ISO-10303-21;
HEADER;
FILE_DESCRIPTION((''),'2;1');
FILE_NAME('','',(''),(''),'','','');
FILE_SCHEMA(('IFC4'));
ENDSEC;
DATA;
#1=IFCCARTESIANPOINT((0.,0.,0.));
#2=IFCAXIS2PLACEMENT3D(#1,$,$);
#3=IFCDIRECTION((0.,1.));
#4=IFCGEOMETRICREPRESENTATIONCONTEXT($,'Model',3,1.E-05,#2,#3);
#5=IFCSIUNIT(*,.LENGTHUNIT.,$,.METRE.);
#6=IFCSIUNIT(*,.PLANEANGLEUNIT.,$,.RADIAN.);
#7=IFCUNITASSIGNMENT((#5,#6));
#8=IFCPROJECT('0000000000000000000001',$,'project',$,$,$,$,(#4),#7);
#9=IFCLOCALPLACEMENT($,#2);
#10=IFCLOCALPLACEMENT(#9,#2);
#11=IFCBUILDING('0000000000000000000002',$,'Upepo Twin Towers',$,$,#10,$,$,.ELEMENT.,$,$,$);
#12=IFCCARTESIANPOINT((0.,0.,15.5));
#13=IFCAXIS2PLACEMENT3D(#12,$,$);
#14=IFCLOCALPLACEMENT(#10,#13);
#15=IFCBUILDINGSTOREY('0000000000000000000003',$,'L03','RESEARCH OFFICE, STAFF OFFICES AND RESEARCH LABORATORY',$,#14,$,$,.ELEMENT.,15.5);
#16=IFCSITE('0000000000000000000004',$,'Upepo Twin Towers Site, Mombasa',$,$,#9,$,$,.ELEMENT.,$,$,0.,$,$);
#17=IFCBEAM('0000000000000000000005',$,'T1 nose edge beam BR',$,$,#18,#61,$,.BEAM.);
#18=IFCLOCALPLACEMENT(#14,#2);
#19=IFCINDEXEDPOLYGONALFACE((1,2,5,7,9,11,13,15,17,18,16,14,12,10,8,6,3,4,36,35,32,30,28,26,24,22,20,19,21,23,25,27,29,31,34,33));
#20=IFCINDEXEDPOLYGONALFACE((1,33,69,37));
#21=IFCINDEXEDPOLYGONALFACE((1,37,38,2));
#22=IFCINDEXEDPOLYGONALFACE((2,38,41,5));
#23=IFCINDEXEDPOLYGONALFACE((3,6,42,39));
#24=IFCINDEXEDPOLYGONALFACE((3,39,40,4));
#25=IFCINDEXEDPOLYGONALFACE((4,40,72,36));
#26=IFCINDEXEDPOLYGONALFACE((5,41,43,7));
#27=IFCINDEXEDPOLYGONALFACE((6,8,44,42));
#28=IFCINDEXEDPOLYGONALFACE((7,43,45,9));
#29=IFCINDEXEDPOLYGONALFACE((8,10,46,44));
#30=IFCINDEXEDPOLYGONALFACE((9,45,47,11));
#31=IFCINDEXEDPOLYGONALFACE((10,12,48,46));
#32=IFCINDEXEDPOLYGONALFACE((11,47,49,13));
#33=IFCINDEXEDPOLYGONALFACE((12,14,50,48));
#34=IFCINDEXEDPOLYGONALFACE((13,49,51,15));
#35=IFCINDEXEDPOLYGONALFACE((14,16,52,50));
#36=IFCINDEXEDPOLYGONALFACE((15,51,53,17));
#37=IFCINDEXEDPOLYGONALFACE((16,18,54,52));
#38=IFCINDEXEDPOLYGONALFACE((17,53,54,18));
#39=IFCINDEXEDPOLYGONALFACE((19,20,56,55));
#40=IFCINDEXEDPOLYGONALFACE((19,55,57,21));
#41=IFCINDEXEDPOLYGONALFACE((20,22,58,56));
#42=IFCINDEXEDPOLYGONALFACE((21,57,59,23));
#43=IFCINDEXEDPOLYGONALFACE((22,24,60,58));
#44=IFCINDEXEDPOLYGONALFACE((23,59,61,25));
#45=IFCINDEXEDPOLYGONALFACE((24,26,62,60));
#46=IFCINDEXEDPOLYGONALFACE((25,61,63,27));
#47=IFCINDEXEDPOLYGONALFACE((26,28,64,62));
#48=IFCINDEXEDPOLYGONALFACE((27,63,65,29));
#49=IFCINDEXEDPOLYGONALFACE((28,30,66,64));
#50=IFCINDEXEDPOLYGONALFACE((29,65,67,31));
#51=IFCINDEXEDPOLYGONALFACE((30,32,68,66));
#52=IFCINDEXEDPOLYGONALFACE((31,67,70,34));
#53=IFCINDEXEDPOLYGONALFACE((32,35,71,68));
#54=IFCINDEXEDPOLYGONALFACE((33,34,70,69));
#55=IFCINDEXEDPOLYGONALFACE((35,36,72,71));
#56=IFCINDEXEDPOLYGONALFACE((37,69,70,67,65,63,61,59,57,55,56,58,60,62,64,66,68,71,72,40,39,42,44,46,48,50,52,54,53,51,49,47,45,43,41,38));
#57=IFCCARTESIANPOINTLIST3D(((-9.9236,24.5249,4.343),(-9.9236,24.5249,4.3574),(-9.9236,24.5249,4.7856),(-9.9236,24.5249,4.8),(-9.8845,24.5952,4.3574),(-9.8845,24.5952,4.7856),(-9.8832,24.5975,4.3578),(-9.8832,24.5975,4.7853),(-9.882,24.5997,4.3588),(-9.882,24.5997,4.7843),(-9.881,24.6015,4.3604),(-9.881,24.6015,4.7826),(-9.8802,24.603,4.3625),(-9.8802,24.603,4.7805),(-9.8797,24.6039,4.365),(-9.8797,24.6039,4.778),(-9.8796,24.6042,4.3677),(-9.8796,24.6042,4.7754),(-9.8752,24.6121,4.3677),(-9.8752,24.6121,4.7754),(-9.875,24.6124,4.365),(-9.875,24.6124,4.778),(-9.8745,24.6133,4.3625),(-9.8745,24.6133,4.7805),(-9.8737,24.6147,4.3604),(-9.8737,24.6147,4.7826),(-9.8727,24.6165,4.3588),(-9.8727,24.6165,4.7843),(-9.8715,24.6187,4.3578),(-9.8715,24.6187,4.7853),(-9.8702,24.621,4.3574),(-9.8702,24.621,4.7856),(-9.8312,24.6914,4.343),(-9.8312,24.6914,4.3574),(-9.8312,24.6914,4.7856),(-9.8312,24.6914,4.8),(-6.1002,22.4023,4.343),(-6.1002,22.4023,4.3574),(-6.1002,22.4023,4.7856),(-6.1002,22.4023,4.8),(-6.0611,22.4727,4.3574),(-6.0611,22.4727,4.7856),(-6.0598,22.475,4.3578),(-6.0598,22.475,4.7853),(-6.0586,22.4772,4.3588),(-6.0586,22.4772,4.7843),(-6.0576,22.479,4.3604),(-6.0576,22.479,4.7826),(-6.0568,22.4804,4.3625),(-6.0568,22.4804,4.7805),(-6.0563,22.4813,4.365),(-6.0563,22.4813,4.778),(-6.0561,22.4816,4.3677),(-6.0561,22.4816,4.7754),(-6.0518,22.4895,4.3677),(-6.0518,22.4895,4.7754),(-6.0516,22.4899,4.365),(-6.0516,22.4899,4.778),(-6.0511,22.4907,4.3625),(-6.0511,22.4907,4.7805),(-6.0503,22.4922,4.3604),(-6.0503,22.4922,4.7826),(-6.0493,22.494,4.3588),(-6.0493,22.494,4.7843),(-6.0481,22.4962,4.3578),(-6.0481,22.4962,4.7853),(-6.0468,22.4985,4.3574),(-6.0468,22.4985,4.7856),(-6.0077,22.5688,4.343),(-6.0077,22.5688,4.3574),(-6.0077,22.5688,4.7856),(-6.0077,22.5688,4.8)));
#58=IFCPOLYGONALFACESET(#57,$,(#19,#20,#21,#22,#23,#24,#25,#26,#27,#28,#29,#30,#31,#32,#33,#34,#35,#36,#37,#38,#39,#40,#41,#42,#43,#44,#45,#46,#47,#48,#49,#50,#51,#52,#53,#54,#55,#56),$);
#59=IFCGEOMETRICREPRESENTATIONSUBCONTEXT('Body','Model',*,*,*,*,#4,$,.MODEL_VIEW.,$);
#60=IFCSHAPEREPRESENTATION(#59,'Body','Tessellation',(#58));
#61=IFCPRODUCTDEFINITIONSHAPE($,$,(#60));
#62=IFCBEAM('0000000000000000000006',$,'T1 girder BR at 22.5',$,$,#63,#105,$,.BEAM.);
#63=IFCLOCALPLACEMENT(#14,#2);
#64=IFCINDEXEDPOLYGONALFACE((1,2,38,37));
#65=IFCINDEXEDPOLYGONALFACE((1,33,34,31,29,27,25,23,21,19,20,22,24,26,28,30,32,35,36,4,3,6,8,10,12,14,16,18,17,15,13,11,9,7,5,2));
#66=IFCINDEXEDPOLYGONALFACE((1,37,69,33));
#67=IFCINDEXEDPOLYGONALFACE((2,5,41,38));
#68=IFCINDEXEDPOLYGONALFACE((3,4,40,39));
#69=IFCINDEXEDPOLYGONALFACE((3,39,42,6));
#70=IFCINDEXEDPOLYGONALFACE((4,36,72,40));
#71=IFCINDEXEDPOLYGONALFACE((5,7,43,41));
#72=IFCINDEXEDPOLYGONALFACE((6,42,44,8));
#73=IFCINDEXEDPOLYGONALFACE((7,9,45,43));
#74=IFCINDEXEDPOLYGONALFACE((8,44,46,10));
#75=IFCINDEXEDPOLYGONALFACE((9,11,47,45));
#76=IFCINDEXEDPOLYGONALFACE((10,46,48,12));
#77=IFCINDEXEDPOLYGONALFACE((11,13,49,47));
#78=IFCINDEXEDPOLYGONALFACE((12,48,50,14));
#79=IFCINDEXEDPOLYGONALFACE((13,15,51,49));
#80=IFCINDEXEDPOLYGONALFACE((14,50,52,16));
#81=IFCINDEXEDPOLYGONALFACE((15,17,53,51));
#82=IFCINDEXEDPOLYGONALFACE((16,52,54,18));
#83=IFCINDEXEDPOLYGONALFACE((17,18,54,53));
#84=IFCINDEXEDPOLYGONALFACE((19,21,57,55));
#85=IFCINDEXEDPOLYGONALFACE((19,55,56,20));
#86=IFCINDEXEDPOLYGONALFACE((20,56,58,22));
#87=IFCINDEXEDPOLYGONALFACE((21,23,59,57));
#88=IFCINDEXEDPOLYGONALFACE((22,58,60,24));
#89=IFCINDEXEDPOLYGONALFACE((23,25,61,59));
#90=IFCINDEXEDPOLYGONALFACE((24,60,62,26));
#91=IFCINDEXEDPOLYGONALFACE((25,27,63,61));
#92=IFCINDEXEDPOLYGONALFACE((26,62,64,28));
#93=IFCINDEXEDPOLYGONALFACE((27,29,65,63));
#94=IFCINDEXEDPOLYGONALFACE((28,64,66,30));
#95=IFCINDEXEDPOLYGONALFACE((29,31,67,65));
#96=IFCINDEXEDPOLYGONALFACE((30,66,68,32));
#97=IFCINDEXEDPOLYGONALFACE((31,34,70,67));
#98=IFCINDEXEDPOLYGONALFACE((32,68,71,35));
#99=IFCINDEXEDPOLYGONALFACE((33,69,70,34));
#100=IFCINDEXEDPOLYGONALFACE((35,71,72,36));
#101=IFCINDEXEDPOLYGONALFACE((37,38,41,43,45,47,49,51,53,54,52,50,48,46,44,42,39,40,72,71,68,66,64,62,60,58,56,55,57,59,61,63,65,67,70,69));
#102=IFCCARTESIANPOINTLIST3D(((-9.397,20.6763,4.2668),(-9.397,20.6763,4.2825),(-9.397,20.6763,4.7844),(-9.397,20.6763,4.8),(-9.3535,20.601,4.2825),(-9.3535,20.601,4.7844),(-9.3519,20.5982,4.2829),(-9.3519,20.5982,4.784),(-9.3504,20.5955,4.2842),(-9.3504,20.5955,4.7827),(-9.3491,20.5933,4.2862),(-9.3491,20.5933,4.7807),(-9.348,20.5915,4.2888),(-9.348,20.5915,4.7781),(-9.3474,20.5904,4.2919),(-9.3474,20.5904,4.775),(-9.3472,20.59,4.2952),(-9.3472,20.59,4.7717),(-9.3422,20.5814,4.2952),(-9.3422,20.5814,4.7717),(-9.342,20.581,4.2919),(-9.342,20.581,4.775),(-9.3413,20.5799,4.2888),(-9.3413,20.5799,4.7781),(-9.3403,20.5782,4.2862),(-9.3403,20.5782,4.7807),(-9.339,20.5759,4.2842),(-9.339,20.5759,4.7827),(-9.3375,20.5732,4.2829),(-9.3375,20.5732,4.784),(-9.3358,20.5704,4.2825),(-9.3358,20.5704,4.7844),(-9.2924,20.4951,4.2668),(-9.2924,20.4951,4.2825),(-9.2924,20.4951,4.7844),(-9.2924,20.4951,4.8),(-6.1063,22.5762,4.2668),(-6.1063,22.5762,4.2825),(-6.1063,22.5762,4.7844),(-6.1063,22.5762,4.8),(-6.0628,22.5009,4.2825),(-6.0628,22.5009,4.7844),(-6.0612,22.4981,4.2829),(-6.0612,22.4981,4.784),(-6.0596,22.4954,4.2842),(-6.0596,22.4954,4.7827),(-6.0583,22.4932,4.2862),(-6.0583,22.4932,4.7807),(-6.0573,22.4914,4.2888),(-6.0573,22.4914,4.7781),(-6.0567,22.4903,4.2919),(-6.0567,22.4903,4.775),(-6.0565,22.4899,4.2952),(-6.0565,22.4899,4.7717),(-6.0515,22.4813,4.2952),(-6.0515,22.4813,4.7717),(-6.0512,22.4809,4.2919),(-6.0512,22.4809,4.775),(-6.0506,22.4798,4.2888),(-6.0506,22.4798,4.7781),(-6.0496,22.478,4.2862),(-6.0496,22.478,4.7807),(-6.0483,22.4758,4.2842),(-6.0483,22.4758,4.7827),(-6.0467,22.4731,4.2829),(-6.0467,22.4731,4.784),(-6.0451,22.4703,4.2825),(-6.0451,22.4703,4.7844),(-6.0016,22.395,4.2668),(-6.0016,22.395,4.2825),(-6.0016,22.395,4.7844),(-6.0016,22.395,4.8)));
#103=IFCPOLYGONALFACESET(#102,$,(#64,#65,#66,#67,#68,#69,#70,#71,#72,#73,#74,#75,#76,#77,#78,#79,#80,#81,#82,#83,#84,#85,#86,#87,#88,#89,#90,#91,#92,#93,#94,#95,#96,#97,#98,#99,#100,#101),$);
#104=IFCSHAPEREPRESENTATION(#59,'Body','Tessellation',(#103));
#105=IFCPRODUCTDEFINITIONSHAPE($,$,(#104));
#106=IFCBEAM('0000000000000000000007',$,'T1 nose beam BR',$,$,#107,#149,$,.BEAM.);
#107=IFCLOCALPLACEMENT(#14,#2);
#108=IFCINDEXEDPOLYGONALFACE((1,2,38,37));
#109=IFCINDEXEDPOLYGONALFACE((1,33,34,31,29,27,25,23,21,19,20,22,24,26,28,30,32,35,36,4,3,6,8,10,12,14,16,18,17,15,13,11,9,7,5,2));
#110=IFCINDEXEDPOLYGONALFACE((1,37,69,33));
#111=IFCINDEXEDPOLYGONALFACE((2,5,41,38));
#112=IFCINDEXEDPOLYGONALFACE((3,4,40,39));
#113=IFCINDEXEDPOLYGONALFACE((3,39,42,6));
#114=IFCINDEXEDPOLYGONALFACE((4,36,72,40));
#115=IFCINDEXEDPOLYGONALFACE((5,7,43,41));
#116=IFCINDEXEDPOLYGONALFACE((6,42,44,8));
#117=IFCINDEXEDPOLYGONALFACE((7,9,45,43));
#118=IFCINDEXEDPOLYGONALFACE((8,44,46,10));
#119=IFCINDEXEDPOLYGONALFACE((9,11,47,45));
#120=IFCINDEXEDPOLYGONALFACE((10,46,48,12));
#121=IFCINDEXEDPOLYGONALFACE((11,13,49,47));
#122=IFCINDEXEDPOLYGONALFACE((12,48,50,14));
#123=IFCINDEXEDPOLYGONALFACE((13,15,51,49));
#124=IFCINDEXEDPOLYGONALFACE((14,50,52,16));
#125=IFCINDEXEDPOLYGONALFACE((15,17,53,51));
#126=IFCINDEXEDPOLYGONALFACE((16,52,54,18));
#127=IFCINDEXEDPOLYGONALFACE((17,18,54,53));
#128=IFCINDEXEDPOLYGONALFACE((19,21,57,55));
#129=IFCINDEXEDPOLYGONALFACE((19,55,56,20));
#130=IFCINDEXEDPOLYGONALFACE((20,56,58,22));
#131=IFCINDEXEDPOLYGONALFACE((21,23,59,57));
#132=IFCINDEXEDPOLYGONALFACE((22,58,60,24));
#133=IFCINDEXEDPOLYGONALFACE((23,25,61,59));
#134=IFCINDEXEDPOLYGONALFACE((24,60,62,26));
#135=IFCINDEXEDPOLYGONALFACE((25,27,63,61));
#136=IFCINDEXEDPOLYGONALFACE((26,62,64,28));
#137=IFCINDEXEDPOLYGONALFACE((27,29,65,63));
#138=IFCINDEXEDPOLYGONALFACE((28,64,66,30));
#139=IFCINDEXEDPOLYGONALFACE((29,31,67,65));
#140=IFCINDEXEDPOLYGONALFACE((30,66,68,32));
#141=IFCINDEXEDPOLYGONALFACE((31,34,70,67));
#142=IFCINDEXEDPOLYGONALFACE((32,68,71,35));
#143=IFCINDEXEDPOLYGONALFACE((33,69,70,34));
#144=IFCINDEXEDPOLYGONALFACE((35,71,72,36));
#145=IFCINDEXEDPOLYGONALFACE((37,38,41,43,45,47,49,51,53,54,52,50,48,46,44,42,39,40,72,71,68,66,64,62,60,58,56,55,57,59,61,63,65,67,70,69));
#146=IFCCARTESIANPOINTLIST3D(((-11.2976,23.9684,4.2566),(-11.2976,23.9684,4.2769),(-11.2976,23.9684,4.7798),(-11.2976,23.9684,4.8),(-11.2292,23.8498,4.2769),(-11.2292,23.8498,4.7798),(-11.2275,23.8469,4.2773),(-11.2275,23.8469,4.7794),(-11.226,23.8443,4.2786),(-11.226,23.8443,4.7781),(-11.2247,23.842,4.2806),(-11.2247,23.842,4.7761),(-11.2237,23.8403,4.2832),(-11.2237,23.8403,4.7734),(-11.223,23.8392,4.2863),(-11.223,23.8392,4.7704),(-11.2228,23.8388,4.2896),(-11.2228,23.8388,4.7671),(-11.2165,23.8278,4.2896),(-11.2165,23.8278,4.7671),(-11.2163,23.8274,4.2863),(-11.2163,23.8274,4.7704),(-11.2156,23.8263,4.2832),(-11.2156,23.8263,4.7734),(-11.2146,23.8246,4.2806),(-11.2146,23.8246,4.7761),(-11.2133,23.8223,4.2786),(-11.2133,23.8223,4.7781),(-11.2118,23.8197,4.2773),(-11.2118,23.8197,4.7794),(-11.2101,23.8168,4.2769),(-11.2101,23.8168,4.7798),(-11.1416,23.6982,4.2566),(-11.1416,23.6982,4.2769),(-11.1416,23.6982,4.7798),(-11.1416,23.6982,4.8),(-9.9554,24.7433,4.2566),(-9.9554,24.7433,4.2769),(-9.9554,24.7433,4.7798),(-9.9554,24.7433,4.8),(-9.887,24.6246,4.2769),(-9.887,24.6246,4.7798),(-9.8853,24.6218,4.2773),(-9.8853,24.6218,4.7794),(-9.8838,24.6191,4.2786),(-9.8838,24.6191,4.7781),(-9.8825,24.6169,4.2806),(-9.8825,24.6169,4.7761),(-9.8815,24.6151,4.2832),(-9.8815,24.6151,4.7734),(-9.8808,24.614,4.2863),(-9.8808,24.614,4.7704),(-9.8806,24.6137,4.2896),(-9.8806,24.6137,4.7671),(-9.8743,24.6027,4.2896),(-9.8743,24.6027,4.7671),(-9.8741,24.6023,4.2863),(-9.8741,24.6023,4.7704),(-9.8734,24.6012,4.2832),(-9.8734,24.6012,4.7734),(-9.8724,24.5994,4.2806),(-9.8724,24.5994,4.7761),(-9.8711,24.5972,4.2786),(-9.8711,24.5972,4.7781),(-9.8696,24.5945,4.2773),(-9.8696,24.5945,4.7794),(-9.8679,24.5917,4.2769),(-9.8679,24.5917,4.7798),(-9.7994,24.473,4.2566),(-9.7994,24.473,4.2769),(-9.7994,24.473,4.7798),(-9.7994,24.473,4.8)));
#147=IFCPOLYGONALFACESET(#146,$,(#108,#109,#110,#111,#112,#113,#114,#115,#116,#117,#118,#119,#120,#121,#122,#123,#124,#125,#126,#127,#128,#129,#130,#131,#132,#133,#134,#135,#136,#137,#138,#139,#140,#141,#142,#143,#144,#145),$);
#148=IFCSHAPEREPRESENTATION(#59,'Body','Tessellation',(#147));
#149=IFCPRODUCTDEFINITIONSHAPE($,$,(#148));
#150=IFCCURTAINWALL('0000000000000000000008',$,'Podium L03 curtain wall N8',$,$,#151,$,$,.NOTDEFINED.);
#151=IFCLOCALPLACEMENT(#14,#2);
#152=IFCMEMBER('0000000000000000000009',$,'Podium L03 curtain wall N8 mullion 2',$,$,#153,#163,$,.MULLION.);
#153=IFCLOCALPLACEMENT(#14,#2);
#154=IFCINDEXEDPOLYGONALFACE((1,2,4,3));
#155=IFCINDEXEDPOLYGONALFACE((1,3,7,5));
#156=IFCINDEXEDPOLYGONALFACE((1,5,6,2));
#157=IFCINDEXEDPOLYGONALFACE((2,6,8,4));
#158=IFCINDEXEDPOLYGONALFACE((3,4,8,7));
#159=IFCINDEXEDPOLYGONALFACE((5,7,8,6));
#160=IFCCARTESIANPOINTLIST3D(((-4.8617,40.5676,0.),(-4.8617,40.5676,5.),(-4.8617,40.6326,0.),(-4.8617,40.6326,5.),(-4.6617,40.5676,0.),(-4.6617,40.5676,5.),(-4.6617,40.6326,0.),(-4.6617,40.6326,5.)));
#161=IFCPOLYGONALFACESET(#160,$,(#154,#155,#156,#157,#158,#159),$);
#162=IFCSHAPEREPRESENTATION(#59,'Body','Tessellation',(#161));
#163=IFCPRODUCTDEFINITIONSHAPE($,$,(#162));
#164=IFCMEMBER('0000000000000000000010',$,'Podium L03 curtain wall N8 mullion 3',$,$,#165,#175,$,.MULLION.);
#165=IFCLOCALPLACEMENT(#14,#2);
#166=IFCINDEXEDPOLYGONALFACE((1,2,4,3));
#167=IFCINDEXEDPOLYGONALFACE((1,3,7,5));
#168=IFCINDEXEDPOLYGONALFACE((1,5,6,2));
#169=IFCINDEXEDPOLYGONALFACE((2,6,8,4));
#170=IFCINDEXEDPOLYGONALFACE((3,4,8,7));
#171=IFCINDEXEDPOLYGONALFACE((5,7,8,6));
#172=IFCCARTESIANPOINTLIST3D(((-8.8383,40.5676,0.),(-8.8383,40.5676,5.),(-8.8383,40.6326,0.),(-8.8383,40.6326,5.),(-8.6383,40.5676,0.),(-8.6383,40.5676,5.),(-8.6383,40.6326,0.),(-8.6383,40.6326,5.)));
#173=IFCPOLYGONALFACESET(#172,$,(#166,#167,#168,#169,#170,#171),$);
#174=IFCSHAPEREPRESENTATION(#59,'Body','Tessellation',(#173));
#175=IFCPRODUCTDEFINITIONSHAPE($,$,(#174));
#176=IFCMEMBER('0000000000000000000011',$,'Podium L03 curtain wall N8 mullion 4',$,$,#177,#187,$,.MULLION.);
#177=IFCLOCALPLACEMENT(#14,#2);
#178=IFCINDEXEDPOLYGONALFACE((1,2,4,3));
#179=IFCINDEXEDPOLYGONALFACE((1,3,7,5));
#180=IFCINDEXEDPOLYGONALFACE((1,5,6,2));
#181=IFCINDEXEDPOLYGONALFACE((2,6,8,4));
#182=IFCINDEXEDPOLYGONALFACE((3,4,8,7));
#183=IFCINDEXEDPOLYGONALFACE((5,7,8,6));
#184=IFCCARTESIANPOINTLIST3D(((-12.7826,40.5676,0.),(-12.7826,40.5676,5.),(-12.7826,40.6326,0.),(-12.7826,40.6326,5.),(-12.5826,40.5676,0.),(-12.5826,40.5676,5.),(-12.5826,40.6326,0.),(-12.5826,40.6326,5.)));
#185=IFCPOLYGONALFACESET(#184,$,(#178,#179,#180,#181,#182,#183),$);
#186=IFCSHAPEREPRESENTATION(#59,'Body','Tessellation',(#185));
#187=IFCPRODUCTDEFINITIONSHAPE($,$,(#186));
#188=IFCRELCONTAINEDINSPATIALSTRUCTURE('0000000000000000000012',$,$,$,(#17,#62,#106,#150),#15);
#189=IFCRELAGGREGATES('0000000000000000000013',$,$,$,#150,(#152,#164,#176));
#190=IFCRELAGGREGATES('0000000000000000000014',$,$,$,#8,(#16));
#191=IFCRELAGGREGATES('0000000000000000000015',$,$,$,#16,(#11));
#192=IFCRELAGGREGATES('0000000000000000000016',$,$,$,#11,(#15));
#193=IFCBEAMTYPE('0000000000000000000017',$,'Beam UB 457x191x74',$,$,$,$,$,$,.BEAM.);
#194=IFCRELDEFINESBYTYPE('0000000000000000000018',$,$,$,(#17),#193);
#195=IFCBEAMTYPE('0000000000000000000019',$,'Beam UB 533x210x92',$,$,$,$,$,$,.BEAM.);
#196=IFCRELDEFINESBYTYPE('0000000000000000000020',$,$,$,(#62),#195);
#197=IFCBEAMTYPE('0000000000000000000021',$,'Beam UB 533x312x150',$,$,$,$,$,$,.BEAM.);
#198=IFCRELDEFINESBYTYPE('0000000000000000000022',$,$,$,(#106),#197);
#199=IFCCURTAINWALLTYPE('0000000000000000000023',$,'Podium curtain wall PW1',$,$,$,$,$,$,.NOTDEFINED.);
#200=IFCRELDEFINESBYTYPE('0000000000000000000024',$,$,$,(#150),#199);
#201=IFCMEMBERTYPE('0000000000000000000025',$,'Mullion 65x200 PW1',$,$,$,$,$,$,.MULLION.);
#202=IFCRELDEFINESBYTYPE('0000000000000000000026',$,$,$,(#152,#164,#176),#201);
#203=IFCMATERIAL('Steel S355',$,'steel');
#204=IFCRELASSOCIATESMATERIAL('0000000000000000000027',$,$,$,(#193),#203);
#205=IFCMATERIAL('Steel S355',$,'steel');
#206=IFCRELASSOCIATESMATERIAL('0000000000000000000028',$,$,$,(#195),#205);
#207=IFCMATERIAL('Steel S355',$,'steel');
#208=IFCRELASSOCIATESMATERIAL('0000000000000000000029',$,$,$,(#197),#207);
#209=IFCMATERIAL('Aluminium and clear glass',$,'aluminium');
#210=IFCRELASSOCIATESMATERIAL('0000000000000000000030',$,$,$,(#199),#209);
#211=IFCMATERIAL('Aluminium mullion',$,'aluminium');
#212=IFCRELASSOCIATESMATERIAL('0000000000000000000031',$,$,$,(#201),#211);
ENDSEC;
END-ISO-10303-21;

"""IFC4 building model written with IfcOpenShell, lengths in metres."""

from ifc_helpers import new_model, si_unit, direction, frame, origin, origin_2d, place, context, subcontext, project, spatial, rectangle, i_section, extrude, material, material_profile, profile_set, type_object, element, aggregate, save


model = new_model("IFC4")

# Units and contexts
model_context = context("Model", 3, precision=1e-05, world=origin(), true_north=direction((0.0, 1.0)))
body_context = subcontext(model_context, "Body", "Model", "MODEL_VIEW")
ifc_project = project(units=[si_unit("LENGTHUNIT", "METRE"), si_unit("PLANEANGLEUNIT", "RADIAN")], contexts=[model_context])

# Site, building, storey
site_placement = place(None, origin())
site = spatial("IfcSite", under=ifc_project, at=site_placement, Name="Upepo Twin Towers Site, Mombasa", CompositionType="ELEMENT", RefElevation=0.0)
building_placement = place(site_placement, origin())
building = spatial("IfcBuilding", under=site, at=building_placement, Name="Upepo Twin Towers", CompositionType="ELEMENT")
storey_placement = place(building_placement, frame((0.0, 0.0, 15.5)))
storey = spatial("IfcBuildingStorey", under=building, at=storey_placement, Name="L03", Description="RESEARCH OFFICE, STAFF OFFICES AND RESEARCH LABORATORY", CompositionType="ELEMENT", Elevation=15.5)

# Beams
ifc_material_1 = material(Name="Steel S355", Category="steel")
ifc_material_profile_1 = material_profile(ifc_material_1, i_section(OverallWidth=0.1904, OverallDepth=0.457, WebThickness=0.009, FlangeThickness=0.0144, FilletRadius=0.0103, at=origin_2d()), Name="UB 457x191x74")
ifc_profile_set_1 = profile_set([ifc_material_profile_1], Name="Steel S355")
beam_type_1 = type_object("IfcBeamType", Name="Beam UB 457x191x74", PredefinedType="BEAM", material=ifc_profile_set_1)
beam_1_placement = place(storey_placement, frame((-6.054, 22.4856, 4.5715), z_axis=(-0.874313, 0.485363, 0.0), x_axis=(-0.485363, -0.874313, 0.0)))
element("IfcBeam", 1, at=beam_1_placement, inside=storey, type_object=beam_type_1, Name="T1 nose edge beam BR", PredefinedType="BEAM", context=body_context, shape_type="SweptSolid", body=[
    extrude(i_section(OverallWidth=0.1904, OverallDepth=0.457, WebThickness=0.009, FlangeThickness=0.0144, FilletRadius=0.0103, at=origin_2d()), origin(), (0.0, 0.0, 1.0), 4.373),
])
ifc_material_2 = material(Name="Steel S355", Category="steel")
ifc_material_profile_2 = material_profile(ifc_material_2, i_section(OverallWidth=0.2092, OverallDepth=0.5332, WebThickness=0.01, FlangeThickness=0.0156, FilletRadius=0.0127, at=origin_2d()), Name="UB 533x210x92")
ifc_profile_set_2 = profile_set([ifc_material_profile_2], Name="Steel S355")
beam_type_2 = type_object("IfcBeamType", Name="Beam UB 533x210x92", PredefinedType="BEAM", material=ifc_profile_set_2)
beam_2_placement = place(storey_placement, frame((-6.054, 22.4856, 4.5334), z_axis=(-0.866028, -0.499995, 0.0), x_axis=(0.499995, -0.866028, 0.0)))
element("IfcBeam", 2, at=beam_2_placement, inside=storey, type_object=beam_type_2, Name="T1 girder BR at 22.5", PredefinedType="BEAM", context=body_context, shape_type="SweptSolid", body=[
    extrude(i_section(OverallWidth=0.2092, OverallDepth=0.5332, WebThickness=0.01, FlangeThickness=0.0156, FilletRadius=0.0127, at=origin_2d()), origin(), (0.0, 0.0, 1.0), 3.7998),
])
ifc_material_3 = material(Name="Steel S355", Category="steel")
ifc_material_profile_3 = material_profile(ifc_material_3, i_section(OverallWidth=0.312, OverallDepth=0.5435, WebThickness=0.0127, FlangeThickness=0.0203, FilletRadius=0.0127, at=origin_2d()), Name="UB 533x312x150")
ifc_profile_set_3 = profile_set([ifc_material_profile_3], Name="Steel S355")
beam_type_3 = type_object("IfcBeamType", Name="Beam UB 533x312x150", PredefinedType="BEAM", material=ifc_profile_set_3)
beam_3_placement = place(storey_placement, frame((-9.8774, 24.6082, 4.5283), z_axis=(-0.866044, -0.499968, 0.0), x_axis=(0.499968, -0.866044, 0.0)))
element("IfcBeam", 3, at=beam_3_placement, inside=storey, type_object=beam_type_3, Name="T1 nose beam BR", PredefinedType="BEAM", context=body_context, shape_type="SweptSolid", body=[
    extrude(i_section(OverallWidth=0.312, OverallDepth=0.5435, WebThickness=0.0127, FlangeThickness=0.0203, FilletRadius=0.0127, at=origin_2d()), origin(), (0.0, 0.0, 1.0), 1.5498),
])

# Curtain wall, members
ifc_material_4 = material(Name="Aluminium and clear glass", Category="aluminium")
curtain_wall_type = type_object("IfcCurtainWallType", Name="Podium curtain wall PW1", PredefinedType="NOTDEFINED", material=ifc_material_4)
curtain_wall_1_placement = place(storey_placement, origin())
curtain_wall_1 = element("IfcCurtainWall", 4, at=curtain_wall_1_placement, inside=storey, type_object=curtain_wall_type, Name="Podium L03 curtain wall N8", PredefinedType="NOTDEFINED")
ifc_material_5 = material(Name="Aluminium mullion", Category="aluminium")
ifc_material_profile_4 = material_profile(ifc_material_5, rectangle(XDim=0.0649, YDim=0.2, at=origin_2d()), Name="MULLION 65x200 PODIUM")
ifc_profile_set_4 = profile_set([ifc_material_profile_4], Name="Aluminium mullion")
member_type_1 = type_object("IfcMemberType", Name="Mullion 65x200 PW1", PredefinedType="MULLION", material=ifc_profile_set_4)
member_1_placement = place(storey_placement, frame((-4.7617, 40.6001, 0.0), z_axis=(0.0, 0.0, 1.0), x_axis=(0.0, -1.0, 0.0)))
member_1 = element("IfcMember", 5, at=member_1_placement, type_object=member_type_1, Name="Podium L03 curtain wall N8 mullion 2", PredefinedType="MULLION", context=body_context, shape_type="SweptSolid", body=[
    extrude(rectangle(XDim=0.0649, YDim=0.2, at=origin_2d()), origin(), (0.0, 0.0, 1.0), 5.0),
])
member_2_placement = place(storey_placement, frame((-8.7383, 40.6001, 0.0), z_axis=(0.0, 0.0, 1.0), x_axis=(0.0, -1.0, 0.0)))
member_2 = element("IfcMember", 6, at=member_2_placement, type_object=member_type_1, Name="Podium L03 curtain wall N8 mullion 3", PredefinedType="MULLION", context=body_context, shape_type="SweptSolid", body=[
    extrude(rectangle(XDim=0.0649, YDim=0.2, at=origin_2d()), origin(), (0.0, 0.0, 1.0), 5.0),
])
member_3_placement = place(storey_placement, frame((-12.6826, 40.6001, 0.0), z_axis=(0.0, 0.0, 1.0), x_axis=(0.0, -1.0, 0.0)))
member_3 = element("IfcMember", 7, at=member_3_placement, type_object=member_type_1, Name="Podium L03 curtain wall N8 mullion 4", PredefinedType="MULLION", context=body_context, shape_type="SweptSolid", body=[
    extrude(rectangle(XDim=0.0649, YDim=0.2, at=origin_2d()), origin(), (0.0, 0.0, 1.0), 5.0),
])

aggregate(curtain_wall_1, [member_1, member_2, member_3])

save(model, "model.ifc")
